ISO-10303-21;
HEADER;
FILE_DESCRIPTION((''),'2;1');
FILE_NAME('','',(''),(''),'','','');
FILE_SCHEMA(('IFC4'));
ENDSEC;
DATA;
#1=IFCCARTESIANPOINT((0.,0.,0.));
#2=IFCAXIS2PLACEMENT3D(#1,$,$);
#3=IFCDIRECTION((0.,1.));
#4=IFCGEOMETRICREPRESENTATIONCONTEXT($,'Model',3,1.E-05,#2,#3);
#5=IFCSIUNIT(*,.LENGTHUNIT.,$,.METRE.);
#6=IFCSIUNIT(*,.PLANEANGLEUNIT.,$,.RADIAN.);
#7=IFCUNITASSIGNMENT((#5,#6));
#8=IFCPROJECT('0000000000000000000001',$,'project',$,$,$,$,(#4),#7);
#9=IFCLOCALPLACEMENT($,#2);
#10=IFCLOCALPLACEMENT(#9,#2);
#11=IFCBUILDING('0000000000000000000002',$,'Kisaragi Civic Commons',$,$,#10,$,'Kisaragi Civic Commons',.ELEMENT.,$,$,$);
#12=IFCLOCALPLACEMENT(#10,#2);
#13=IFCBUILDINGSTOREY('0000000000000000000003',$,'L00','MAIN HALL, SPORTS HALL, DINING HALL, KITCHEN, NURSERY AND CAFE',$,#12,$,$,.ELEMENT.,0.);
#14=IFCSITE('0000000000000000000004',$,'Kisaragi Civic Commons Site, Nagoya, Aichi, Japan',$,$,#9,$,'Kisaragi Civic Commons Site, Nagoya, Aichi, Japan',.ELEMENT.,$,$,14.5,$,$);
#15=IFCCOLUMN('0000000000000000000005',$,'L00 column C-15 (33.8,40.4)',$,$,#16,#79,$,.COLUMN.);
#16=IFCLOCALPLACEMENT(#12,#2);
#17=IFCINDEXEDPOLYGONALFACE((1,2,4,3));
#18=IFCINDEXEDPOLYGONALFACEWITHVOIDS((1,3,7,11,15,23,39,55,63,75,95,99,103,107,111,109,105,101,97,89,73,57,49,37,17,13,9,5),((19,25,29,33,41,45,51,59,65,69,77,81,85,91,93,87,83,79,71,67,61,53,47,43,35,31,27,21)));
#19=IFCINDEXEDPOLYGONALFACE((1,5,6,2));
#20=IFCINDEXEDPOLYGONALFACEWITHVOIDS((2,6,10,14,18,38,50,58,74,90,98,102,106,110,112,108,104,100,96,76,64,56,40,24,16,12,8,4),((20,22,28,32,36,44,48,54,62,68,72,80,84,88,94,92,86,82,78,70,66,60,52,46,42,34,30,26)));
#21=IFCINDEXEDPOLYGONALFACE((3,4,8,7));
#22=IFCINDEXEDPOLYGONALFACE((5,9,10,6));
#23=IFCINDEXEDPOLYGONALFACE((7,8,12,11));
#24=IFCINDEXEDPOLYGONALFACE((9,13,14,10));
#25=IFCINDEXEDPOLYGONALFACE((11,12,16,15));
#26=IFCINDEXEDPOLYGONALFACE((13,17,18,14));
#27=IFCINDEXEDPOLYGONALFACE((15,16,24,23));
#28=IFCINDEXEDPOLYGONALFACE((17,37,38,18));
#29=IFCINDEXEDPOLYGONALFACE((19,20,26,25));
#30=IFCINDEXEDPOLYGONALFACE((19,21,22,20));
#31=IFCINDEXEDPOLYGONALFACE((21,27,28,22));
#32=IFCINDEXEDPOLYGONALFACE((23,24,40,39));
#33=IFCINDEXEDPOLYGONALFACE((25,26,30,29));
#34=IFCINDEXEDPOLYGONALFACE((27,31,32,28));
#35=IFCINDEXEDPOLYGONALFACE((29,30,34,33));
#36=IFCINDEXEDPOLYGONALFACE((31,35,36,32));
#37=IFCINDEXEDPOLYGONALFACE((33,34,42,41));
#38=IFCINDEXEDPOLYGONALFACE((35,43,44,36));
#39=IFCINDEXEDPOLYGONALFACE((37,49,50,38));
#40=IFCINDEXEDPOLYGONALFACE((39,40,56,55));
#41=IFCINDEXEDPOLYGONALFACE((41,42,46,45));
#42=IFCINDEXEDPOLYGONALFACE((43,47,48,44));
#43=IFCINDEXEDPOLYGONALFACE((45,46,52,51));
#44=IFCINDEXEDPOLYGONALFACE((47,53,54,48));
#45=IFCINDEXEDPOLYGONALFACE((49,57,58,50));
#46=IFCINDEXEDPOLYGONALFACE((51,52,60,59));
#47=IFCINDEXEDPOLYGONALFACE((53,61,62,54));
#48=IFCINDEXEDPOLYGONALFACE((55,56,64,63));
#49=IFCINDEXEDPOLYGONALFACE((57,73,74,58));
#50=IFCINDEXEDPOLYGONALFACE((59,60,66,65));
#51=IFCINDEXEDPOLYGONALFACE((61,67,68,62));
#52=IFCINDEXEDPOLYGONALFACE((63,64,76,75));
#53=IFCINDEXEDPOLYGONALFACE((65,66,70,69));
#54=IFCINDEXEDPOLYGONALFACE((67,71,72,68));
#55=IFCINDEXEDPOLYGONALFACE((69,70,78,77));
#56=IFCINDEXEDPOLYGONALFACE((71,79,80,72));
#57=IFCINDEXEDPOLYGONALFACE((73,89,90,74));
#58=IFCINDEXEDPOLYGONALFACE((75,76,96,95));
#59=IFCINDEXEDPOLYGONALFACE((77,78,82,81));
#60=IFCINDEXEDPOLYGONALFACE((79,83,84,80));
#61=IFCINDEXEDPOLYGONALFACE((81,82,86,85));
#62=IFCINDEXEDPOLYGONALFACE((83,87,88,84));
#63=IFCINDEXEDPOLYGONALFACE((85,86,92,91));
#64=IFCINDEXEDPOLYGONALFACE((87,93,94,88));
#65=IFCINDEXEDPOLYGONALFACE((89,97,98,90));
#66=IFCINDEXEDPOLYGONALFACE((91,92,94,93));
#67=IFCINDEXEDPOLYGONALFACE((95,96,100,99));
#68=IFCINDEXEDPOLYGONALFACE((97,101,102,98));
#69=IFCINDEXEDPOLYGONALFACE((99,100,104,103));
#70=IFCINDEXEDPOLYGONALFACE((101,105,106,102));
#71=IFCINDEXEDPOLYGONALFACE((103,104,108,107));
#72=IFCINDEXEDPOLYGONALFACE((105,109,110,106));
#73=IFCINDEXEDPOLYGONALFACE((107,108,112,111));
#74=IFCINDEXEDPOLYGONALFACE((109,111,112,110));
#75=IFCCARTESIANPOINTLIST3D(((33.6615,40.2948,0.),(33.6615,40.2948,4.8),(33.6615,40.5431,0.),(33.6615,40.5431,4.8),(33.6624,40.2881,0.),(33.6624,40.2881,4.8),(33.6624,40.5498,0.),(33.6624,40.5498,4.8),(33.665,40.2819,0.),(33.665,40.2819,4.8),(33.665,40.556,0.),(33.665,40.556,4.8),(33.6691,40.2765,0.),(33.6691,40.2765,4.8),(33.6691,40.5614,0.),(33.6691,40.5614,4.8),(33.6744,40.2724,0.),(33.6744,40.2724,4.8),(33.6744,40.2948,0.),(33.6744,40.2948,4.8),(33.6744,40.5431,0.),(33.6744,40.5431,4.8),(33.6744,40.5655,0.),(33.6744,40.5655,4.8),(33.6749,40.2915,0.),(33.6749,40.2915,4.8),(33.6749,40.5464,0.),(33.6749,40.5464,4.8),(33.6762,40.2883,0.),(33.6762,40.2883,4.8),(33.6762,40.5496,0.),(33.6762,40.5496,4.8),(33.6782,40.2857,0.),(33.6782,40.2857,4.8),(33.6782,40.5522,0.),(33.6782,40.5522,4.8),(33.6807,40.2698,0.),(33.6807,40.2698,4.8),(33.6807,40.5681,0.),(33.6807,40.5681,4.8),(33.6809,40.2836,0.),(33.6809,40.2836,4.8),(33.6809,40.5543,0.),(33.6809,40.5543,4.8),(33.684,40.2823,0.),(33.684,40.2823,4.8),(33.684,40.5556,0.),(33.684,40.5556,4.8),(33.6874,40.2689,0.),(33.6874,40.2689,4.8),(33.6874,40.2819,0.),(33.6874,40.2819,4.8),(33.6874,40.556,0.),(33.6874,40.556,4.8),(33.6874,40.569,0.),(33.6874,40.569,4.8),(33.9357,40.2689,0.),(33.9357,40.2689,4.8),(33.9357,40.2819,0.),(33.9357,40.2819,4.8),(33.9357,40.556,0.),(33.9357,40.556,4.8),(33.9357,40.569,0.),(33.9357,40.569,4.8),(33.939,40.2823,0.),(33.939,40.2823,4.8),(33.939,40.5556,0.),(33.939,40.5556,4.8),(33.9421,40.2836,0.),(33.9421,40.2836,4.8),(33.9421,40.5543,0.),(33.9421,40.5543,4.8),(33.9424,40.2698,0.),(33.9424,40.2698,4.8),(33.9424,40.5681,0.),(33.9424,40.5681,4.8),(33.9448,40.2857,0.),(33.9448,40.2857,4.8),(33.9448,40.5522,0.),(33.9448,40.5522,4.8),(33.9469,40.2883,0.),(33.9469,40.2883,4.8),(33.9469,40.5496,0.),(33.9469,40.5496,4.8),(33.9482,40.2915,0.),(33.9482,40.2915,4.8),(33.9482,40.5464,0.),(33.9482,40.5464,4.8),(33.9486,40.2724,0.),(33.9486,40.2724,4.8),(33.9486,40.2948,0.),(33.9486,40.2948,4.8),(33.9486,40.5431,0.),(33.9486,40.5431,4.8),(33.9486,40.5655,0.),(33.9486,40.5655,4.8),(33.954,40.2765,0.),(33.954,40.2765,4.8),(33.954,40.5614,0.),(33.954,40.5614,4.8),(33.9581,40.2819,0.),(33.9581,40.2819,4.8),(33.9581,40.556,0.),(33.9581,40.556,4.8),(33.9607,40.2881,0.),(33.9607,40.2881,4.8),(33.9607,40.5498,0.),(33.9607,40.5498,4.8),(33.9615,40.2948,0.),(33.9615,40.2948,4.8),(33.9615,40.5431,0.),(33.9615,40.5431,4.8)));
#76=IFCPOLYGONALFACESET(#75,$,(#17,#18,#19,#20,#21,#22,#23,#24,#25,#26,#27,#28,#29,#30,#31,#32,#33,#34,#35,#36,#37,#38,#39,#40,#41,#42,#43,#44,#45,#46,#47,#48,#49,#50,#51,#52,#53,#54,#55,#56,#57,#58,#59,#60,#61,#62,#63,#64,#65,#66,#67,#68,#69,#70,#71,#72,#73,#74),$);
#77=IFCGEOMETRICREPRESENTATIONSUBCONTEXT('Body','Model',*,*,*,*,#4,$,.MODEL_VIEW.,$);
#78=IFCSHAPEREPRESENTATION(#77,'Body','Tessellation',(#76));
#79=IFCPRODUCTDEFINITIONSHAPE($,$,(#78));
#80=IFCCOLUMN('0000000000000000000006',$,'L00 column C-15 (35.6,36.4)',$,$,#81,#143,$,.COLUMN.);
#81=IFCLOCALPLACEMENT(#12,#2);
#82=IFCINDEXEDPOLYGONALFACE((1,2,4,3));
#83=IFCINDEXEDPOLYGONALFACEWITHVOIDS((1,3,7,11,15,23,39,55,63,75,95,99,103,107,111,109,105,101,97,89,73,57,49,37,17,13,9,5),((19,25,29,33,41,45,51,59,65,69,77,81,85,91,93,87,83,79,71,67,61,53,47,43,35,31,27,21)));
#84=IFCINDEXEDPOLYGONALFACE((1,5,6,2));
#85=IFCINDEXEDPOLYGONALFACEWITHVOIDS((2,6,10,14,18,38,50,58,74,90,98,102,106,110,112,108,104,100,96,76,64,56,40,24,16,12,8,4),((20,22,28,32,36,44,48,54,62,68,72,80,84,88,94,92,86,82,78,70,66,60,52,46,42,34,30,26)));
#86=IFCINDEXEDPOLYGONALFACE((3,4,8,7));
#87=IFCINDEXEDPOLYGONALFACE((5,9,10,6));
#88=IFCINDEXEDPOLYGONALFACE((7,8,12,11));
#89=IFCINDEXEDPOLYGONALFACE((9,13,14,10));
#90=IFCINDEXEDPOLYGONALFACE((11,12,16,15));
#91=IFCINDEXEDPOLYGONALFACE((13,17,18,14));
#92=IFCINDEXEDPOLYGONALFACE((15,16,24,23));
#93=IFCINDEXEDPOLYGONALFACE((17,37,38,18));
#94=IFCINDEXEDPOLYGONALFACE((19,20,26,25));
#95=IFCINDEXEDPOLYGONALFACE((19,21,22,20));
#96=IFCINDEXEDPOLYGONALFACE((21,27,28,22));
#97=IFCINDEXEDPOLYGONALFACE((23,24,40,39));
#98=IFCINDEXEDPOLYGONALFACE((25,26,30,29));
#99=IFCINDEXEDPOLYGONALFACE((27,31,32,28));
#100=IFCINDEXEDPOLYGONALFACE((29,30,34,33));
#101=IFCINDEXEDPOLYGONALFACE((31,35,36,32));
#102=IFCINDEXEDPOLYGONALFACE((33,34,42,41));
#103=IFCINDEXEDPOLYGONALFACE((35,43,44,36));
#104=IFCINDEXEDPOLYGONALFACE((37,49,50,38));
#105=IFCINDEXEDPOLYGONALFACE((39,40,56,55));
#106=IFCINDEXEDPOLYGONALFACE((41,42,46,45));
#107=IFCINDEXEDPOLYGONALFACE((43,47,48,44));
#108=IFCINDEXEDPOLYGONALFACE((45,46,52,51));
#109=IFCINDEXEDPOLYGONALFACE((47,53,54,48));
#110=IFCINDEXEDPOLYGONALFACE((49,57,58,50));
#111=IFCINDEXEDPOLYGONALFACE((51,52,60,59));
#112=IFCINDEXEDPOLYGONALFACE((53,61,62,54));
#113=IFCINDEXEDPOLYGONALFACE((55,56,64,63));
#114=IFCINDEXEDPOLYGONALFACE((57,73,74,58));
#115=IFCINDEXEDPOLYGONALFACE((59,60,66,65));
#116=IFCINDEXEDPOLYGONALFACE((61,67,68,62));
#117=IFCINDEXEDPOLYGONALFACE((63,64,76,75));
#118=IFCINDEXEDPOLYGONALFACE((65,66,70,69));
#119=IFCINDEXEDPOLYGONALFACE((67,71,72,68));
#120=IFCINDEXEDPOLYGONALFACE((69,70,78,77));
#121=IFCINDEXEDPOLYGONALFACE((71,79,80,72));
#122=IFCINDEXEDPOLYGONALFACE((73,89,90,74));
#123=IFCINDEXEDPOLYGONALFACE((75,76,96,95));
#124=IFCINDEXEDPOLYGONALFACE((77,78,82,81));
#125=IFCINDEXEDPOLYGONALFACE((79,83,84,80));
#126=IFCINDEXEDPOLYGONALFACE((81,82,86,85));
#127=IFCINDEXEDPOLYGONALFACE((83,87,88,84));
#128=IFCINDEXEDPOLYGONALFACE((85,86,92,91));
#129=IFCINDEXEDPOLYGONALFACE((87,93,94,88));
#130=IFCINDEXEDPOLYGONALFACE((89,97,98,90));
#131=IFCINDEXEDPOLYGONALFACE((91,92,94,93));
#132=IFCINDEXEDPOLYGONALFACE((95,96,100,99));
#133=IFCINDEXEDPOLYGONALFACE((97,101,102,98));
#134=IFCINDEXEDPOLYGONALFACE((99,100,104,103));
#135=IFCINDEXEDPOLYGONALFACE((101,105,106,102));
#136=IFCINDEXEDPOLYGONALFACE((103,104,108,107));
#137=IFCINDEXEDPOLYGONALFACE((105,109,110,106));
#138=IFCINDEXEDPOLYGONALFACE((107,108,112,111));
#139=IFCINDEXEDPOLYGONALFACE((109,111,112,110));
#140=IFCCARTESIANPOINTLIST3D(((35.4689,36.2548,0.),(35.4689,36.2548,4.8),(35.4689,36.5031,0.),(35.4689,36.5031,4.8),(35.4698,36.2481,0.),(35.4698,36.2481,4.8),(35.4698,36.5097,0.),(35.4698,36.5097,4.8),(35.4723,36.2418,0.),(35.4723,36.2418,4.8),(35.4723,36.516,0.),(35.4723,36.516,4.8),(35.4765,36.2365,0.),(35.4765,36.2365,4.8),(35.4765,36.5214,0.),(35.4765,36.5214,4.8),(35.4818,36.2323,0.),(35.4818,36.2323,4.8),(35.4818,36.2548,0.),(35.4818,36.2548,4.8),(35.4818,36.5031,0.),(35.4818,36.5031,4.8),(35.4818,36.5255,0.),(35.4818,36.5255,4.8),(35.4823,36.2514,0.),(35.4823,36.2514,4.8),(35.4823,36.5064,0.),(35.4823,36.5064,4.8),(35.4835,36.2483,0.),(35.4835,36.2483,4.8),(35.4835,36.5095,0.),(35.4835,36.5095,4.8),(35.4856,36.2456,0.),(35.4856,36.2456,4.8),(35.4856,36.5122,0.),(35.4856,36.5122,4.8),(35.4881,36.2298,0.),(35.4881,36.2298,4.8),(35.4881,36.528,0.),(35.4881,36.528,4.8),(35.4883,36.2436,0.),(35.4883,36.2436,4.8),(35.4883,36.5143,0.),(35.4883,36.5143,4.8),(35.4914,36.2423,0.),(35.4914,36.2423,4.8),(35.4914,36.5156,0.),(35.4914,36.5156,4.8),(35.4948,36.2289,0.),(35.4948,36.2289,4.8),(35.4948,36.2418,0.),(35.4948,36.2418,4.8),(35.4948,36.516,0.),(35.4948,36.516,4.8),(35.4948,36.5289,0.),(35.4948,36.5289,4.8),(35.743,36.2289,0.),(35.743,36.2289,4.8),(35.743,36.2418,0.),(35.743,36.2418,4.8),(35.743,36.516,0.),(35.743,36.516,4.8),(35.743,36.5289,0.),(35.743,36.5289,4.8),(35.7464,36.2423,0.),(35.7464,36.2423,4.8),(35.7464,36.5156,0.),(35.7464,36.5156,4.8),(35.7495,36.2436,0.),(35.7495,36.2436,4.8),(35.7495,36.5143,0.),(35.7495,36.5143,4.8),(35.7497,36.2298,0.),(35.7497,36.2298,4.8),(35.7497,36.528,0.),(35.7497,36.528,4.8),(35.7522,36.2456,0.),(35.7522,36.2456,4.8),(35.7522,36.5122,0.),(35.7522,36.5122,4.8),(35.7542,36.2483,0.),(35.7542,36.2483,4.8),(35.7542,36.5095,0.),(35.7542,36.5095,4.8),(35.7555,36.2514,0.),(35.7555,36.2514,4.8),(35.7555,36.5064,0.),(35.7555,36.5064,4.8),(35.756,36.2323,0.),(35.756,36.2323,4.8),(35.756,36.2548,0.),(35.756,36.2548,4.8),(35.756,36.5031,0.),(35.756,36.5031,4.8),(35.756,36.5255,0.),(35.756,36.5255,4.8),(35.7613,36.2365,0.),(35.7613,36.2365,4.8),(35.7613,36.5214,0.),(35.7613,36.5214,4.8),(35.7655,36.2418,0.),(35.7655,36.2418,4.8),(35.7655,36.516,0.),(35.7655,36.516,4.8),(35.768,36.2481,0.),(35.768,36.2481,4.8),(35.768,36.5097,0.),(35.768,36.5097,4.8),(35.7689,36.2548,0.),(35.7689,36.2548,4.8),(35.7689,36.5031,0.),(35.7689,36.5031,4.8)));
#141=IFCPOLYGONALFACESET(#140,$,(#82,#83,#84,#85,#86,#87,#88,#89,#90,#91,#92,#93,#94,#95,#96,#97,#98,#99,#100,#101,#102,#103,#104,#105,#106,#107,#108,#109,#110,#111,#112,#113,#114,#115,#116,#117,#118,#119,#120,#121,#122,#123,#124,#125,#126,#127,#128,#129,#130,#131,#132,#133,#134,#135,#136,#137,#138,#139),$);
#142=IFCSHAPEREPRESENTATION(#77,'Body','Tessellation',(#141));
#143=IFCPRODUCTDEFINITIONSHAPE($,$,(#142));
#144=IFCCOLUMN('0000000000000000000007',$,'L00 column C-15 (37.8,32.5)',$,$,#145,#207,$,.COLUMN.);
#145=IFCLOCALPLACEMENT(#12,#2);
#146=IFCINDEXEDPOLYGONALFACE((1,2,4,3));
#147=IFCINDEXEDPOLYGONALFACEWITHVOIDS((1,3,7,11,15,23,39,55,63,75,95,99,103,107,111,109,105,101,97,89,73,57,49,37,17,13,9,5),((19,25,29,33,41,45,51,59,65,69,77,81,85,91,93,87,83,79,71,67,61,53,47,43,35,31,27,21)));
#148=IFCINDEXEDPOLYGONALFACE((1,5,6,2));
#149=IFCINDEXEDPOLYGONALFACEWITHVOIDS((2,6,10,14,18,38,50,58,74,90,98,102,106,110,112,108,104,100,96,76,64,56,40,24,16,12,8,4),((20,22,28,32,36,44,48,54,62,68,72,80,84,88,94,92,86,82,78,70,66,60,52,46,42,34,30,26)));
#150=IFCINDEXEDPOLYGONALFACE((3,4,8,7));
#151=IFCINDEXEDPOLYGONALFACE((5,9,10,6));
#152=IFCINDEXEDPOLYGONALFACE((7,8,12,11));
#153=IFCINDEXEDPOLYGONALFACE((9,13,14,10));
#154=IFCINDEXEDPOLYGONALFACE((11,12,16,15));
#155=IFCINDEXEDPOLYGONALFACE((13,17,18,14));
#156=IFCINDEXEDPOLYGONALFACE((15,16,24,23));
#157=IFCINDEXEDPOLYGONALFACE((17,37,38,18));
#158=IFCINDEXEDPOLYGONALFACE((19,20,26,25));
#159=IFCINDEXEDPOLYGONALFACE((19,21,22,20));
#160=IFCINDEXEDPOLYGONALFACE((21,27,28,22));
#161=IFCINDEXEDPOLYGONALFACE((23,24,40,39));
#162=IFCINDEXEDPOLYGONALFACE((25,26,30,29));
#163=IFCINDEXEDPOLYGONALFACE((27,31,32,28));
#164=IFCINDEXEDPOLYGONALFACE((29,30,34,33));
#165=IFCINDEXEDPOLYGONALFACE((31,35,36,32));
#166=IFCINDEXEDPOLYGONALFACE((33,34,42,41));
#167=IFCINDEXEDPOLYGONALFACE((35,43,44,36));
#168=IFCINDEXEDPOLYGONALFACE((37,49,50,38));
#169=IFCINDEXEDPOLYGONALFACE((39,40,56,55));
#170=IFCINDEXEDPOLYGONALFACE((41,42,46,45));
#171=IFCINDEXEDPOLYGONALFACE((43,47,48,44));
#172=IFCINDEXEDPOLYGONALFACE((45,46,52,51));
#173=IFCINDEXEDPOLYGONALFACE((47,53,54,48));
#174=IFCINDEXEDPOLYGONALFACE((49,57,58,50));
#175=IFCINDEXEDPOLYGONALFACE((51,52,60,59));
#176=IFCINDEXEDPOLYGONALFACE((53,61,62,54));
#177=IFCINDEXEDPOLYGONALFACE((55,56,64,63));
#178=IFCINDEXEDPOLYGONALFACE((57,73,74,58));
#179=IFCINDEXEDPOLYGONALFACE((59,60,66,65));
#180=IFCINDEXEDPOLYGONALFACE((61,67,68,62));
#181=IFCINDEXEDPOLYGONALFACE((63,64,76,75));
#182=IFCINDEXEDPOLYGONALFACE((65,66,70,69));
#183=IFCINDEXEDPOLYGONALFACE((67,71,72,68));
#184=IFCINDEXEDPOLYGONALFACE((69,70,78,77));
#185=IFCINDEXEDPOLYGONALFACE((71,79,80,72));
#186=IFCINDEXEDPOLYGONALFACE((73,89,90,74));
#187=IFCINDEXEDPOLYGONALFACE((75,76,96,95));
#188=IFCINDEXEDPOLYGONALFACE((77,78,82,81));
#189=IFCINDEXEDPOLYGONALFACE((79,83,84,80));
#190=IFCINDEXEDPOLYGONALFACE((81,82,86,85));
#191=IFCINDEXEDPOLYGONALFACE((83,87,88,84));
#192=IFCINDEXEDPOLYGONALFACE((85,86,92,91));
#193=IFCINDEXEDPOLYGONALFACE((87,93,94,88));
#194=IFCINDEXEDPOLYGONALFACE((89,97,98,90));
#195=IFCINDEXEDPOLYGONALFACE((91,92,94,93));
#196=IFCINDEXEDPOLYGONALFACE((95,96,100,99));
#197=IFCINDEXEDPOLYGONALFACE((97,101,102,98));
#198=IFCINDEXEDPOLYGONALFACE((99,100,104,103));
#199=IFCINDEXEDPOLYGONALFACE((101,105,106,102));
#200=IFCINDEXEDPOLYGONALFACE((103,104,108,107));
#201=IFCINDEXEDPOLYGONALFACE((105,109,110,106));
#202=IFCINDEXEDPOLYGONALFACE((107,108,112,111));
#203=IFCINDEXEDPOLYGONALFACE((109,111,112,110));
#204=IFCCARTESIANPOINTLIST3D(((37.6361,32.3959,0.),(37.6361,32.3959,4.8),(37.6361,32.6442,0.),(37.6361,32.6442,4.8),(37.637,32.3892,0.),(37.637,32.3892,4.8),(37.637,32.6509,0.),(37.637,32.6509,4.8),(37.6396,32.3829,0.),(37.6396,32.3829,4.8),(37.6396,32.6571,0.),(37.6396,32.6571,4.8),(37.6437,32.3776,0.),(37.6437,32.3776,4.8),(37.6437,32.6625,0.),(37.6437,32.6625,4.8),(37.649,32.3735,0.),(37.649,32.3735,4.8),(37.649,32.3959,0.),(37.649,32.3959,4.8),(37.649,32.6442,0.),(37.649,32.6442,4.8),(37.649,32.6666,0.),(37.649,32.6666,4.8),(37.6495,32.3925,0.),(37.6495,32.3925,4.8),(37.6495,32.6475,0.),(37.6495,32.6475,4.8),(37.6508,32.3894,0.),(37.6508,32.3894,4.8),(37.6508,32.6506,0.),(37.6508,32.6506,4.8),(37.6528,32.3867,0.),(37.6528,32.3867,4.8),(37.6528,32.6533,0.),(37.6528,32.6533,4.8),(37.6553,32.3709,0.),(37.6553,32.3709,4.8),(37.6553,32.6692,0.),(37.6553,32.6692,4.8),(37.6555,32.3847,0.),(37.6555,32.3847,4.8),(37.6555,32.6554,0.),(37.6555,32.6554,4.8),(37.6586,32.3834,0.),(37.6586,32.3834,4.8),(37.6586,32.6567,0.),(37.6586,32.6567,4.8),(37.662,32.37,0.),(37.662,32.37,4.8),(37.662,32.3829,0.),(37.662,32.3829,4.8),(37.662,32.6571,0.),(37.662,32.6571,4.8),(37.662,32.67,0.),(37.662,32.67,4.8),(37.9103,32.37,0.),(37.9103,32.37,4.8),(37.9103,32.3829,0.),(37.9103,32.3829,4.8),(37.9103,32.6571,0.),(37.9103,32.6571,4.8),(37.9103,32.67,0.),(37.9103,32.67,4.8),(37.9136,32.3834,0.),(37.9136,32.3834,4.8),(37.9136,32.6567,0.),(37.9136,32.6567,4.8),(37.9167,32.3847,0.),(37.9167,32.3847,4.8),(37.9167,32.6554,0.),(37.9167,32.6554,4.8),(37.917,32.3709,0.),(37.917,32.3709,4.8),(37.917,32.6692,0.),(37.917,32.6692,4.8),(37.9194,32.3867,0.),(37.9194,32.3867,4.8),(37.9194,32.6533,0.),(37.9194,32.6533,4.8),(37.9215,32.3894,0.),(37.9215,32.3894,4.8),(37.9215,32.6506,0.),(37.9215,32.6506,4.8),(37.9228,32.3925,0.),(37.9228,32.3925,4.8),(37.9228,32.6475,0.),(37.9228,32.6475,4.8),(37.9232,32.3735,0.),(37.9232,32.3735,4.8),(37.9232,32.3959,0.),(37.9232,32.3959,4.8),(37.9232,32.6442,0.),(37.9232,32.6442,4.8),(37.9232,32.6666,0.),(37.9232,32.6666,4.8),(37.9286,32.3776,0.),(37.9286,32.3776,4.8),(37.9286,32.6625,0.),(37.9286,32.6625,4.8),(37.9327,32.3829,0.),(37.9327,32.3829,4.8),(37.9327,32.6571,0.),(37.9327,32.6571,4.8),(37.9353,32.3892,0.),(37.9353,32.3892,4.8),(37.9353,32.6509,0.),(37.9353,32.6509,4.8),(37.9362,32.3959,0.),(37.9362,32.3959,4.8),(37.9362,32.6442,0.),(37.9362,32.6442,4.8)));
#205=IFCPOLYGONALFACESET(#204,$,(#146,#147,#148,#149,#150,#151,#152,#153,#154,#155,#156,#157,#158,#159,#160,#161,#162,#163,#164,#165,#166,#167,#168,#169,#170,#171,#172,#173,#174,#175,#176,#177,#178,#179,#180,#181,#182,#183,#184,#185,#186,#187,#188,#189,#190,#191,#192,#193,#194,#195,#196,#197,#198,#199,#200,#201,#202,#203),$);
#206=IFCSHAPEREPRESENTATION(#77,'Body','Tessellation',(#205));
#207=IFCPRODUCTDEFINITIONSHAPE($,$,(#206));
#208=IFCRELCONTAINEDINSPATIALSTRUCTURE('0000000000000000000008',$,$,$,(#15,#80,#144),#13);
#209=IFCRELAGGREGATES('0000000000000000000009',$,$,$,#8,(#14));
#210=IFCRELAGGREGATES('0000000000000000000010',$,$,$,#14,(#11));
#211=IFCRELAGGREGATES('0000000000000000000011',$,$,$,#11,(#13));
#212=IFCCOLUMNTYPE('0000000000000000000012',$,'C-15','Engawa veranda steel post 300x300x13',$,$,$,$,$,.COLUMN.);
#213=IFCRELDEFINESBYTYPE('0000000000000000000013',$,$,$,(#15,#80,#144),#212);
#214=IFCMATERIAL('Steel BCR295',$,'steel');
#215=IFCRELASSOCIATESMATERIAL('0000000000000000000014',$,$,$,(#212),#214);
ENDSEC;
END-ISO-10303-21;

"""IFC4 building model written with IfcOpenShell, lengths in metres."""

from ifc_helpers import new_model, si_unit, direction, frame, origin, origin_2d, place, context, subcontext, project, spatial, hollow_rectangle, extrude, material, material_profile, profile_set, type_object, element, save


model = new_model("IFC4")

# Units and contexts
model_context = context("Model", 3, precision=1e-05, world=origin(), true_north=direction((0.0, 1.0)))
body_context = subcontext(model_context, "Body", "Model", "MODEL_VIEW")
ifc_project = project(units=[si_unit("LENGTHUNIT", "METRE"), si_unit("PLANEANGLEUNIT", "RADIAN")], contexts=[model_context])

# Site, building, storey
site_placement = place(None, origin())
site = spatial("IfcSite", under=ifc_project, at=site_placement, Name="Kisaragi Civic Commons Site, Nagoya, Aichi, Japan", LongName="Kisaragi Civic Commons Site, Nagoya, Aichi, Japan", CompositionType="ELEMENT", RefElevation=14.5)
building_placement = place(site_placement, origin())
building = spatial("IfcBuilding", under=site, at=building_placement, Name="Kisaragi Civic Commons", LongName="Kisaragi Civic Commons", CompositionType="ELEMENT")
storey_placement = place(building_placement, origin())
storey = spatial("IfcBuildingStorey", under=building, at=storey_placement, Name="L00", Description="MAIN HALL, SPORTS HALL, DINING HALL, KITCHEN, NURSERY AND CAFE", CompositionType="ELEMENT", Elevation=0.0)

# Columns
ifc_material_1 = material(Name="Steel BCR295", Category="steel")
ifc_material_profile_1 = material_profile(ifc_material_1, hollow_rectangle(XDim=0.3, YDim=0.3, WallThickness=0.0129, InnerFilletRadius=0.0129, OuterFilletRadius=0.0259, at=origin_2d()), Name="BCR-300x300x13", Category="steel")
ifc_profile_set_1 = profile_set([ifc_material_profile_1], Name="Steel BCR295")
column_type_1 = type_object("IfcColumnType", Name="C-15", Description="Engawa veranda steel post 300x300x13", PredefinedType="COLUMN", material=ifc_profile_set_1)
for number, where, z_axis, x_axis, name in (
    (1, (33.8115, 40.4189, 0.0), (0.0, 0.0, 1.0), (1.0, 0.0, 0.0), "L00 column C-15 (33.8,40.4)"),
    (2, (35.6189, 36.3789, 0.0), (0.0, 0.0, 1.0), (1.0, 0.0, 0.0), "L00 column C-15 (35.6,36.4)"),
    (3, (37.7861, 32.52, 0.0), (0.0, 0.0, 1.0), (1.0, 0.0, 0.0), "L00 column C-15 (37.8,32.5)"),
):
    element("IfcColumn", number, at=place(storey_placement, frame(where, z_axis=z_axis, x_axis=x_axis)), inside=storey, type_object=column_type_1, Name=name, PredefinedType="COLUMN", context=body_context, shape_type="SweptSolid", body=[
        extrude(hollow_rectangle(XDim=0.3, YDim=0.3, WallThickness=0.0129, InnerFilletRadius=0.0129, OuterFilletRadius=0.0259, at=origin_2d()), origin(), (0.0, 0.0, 1.0), 4.8),
    ])

save(model, "model.ifc")
